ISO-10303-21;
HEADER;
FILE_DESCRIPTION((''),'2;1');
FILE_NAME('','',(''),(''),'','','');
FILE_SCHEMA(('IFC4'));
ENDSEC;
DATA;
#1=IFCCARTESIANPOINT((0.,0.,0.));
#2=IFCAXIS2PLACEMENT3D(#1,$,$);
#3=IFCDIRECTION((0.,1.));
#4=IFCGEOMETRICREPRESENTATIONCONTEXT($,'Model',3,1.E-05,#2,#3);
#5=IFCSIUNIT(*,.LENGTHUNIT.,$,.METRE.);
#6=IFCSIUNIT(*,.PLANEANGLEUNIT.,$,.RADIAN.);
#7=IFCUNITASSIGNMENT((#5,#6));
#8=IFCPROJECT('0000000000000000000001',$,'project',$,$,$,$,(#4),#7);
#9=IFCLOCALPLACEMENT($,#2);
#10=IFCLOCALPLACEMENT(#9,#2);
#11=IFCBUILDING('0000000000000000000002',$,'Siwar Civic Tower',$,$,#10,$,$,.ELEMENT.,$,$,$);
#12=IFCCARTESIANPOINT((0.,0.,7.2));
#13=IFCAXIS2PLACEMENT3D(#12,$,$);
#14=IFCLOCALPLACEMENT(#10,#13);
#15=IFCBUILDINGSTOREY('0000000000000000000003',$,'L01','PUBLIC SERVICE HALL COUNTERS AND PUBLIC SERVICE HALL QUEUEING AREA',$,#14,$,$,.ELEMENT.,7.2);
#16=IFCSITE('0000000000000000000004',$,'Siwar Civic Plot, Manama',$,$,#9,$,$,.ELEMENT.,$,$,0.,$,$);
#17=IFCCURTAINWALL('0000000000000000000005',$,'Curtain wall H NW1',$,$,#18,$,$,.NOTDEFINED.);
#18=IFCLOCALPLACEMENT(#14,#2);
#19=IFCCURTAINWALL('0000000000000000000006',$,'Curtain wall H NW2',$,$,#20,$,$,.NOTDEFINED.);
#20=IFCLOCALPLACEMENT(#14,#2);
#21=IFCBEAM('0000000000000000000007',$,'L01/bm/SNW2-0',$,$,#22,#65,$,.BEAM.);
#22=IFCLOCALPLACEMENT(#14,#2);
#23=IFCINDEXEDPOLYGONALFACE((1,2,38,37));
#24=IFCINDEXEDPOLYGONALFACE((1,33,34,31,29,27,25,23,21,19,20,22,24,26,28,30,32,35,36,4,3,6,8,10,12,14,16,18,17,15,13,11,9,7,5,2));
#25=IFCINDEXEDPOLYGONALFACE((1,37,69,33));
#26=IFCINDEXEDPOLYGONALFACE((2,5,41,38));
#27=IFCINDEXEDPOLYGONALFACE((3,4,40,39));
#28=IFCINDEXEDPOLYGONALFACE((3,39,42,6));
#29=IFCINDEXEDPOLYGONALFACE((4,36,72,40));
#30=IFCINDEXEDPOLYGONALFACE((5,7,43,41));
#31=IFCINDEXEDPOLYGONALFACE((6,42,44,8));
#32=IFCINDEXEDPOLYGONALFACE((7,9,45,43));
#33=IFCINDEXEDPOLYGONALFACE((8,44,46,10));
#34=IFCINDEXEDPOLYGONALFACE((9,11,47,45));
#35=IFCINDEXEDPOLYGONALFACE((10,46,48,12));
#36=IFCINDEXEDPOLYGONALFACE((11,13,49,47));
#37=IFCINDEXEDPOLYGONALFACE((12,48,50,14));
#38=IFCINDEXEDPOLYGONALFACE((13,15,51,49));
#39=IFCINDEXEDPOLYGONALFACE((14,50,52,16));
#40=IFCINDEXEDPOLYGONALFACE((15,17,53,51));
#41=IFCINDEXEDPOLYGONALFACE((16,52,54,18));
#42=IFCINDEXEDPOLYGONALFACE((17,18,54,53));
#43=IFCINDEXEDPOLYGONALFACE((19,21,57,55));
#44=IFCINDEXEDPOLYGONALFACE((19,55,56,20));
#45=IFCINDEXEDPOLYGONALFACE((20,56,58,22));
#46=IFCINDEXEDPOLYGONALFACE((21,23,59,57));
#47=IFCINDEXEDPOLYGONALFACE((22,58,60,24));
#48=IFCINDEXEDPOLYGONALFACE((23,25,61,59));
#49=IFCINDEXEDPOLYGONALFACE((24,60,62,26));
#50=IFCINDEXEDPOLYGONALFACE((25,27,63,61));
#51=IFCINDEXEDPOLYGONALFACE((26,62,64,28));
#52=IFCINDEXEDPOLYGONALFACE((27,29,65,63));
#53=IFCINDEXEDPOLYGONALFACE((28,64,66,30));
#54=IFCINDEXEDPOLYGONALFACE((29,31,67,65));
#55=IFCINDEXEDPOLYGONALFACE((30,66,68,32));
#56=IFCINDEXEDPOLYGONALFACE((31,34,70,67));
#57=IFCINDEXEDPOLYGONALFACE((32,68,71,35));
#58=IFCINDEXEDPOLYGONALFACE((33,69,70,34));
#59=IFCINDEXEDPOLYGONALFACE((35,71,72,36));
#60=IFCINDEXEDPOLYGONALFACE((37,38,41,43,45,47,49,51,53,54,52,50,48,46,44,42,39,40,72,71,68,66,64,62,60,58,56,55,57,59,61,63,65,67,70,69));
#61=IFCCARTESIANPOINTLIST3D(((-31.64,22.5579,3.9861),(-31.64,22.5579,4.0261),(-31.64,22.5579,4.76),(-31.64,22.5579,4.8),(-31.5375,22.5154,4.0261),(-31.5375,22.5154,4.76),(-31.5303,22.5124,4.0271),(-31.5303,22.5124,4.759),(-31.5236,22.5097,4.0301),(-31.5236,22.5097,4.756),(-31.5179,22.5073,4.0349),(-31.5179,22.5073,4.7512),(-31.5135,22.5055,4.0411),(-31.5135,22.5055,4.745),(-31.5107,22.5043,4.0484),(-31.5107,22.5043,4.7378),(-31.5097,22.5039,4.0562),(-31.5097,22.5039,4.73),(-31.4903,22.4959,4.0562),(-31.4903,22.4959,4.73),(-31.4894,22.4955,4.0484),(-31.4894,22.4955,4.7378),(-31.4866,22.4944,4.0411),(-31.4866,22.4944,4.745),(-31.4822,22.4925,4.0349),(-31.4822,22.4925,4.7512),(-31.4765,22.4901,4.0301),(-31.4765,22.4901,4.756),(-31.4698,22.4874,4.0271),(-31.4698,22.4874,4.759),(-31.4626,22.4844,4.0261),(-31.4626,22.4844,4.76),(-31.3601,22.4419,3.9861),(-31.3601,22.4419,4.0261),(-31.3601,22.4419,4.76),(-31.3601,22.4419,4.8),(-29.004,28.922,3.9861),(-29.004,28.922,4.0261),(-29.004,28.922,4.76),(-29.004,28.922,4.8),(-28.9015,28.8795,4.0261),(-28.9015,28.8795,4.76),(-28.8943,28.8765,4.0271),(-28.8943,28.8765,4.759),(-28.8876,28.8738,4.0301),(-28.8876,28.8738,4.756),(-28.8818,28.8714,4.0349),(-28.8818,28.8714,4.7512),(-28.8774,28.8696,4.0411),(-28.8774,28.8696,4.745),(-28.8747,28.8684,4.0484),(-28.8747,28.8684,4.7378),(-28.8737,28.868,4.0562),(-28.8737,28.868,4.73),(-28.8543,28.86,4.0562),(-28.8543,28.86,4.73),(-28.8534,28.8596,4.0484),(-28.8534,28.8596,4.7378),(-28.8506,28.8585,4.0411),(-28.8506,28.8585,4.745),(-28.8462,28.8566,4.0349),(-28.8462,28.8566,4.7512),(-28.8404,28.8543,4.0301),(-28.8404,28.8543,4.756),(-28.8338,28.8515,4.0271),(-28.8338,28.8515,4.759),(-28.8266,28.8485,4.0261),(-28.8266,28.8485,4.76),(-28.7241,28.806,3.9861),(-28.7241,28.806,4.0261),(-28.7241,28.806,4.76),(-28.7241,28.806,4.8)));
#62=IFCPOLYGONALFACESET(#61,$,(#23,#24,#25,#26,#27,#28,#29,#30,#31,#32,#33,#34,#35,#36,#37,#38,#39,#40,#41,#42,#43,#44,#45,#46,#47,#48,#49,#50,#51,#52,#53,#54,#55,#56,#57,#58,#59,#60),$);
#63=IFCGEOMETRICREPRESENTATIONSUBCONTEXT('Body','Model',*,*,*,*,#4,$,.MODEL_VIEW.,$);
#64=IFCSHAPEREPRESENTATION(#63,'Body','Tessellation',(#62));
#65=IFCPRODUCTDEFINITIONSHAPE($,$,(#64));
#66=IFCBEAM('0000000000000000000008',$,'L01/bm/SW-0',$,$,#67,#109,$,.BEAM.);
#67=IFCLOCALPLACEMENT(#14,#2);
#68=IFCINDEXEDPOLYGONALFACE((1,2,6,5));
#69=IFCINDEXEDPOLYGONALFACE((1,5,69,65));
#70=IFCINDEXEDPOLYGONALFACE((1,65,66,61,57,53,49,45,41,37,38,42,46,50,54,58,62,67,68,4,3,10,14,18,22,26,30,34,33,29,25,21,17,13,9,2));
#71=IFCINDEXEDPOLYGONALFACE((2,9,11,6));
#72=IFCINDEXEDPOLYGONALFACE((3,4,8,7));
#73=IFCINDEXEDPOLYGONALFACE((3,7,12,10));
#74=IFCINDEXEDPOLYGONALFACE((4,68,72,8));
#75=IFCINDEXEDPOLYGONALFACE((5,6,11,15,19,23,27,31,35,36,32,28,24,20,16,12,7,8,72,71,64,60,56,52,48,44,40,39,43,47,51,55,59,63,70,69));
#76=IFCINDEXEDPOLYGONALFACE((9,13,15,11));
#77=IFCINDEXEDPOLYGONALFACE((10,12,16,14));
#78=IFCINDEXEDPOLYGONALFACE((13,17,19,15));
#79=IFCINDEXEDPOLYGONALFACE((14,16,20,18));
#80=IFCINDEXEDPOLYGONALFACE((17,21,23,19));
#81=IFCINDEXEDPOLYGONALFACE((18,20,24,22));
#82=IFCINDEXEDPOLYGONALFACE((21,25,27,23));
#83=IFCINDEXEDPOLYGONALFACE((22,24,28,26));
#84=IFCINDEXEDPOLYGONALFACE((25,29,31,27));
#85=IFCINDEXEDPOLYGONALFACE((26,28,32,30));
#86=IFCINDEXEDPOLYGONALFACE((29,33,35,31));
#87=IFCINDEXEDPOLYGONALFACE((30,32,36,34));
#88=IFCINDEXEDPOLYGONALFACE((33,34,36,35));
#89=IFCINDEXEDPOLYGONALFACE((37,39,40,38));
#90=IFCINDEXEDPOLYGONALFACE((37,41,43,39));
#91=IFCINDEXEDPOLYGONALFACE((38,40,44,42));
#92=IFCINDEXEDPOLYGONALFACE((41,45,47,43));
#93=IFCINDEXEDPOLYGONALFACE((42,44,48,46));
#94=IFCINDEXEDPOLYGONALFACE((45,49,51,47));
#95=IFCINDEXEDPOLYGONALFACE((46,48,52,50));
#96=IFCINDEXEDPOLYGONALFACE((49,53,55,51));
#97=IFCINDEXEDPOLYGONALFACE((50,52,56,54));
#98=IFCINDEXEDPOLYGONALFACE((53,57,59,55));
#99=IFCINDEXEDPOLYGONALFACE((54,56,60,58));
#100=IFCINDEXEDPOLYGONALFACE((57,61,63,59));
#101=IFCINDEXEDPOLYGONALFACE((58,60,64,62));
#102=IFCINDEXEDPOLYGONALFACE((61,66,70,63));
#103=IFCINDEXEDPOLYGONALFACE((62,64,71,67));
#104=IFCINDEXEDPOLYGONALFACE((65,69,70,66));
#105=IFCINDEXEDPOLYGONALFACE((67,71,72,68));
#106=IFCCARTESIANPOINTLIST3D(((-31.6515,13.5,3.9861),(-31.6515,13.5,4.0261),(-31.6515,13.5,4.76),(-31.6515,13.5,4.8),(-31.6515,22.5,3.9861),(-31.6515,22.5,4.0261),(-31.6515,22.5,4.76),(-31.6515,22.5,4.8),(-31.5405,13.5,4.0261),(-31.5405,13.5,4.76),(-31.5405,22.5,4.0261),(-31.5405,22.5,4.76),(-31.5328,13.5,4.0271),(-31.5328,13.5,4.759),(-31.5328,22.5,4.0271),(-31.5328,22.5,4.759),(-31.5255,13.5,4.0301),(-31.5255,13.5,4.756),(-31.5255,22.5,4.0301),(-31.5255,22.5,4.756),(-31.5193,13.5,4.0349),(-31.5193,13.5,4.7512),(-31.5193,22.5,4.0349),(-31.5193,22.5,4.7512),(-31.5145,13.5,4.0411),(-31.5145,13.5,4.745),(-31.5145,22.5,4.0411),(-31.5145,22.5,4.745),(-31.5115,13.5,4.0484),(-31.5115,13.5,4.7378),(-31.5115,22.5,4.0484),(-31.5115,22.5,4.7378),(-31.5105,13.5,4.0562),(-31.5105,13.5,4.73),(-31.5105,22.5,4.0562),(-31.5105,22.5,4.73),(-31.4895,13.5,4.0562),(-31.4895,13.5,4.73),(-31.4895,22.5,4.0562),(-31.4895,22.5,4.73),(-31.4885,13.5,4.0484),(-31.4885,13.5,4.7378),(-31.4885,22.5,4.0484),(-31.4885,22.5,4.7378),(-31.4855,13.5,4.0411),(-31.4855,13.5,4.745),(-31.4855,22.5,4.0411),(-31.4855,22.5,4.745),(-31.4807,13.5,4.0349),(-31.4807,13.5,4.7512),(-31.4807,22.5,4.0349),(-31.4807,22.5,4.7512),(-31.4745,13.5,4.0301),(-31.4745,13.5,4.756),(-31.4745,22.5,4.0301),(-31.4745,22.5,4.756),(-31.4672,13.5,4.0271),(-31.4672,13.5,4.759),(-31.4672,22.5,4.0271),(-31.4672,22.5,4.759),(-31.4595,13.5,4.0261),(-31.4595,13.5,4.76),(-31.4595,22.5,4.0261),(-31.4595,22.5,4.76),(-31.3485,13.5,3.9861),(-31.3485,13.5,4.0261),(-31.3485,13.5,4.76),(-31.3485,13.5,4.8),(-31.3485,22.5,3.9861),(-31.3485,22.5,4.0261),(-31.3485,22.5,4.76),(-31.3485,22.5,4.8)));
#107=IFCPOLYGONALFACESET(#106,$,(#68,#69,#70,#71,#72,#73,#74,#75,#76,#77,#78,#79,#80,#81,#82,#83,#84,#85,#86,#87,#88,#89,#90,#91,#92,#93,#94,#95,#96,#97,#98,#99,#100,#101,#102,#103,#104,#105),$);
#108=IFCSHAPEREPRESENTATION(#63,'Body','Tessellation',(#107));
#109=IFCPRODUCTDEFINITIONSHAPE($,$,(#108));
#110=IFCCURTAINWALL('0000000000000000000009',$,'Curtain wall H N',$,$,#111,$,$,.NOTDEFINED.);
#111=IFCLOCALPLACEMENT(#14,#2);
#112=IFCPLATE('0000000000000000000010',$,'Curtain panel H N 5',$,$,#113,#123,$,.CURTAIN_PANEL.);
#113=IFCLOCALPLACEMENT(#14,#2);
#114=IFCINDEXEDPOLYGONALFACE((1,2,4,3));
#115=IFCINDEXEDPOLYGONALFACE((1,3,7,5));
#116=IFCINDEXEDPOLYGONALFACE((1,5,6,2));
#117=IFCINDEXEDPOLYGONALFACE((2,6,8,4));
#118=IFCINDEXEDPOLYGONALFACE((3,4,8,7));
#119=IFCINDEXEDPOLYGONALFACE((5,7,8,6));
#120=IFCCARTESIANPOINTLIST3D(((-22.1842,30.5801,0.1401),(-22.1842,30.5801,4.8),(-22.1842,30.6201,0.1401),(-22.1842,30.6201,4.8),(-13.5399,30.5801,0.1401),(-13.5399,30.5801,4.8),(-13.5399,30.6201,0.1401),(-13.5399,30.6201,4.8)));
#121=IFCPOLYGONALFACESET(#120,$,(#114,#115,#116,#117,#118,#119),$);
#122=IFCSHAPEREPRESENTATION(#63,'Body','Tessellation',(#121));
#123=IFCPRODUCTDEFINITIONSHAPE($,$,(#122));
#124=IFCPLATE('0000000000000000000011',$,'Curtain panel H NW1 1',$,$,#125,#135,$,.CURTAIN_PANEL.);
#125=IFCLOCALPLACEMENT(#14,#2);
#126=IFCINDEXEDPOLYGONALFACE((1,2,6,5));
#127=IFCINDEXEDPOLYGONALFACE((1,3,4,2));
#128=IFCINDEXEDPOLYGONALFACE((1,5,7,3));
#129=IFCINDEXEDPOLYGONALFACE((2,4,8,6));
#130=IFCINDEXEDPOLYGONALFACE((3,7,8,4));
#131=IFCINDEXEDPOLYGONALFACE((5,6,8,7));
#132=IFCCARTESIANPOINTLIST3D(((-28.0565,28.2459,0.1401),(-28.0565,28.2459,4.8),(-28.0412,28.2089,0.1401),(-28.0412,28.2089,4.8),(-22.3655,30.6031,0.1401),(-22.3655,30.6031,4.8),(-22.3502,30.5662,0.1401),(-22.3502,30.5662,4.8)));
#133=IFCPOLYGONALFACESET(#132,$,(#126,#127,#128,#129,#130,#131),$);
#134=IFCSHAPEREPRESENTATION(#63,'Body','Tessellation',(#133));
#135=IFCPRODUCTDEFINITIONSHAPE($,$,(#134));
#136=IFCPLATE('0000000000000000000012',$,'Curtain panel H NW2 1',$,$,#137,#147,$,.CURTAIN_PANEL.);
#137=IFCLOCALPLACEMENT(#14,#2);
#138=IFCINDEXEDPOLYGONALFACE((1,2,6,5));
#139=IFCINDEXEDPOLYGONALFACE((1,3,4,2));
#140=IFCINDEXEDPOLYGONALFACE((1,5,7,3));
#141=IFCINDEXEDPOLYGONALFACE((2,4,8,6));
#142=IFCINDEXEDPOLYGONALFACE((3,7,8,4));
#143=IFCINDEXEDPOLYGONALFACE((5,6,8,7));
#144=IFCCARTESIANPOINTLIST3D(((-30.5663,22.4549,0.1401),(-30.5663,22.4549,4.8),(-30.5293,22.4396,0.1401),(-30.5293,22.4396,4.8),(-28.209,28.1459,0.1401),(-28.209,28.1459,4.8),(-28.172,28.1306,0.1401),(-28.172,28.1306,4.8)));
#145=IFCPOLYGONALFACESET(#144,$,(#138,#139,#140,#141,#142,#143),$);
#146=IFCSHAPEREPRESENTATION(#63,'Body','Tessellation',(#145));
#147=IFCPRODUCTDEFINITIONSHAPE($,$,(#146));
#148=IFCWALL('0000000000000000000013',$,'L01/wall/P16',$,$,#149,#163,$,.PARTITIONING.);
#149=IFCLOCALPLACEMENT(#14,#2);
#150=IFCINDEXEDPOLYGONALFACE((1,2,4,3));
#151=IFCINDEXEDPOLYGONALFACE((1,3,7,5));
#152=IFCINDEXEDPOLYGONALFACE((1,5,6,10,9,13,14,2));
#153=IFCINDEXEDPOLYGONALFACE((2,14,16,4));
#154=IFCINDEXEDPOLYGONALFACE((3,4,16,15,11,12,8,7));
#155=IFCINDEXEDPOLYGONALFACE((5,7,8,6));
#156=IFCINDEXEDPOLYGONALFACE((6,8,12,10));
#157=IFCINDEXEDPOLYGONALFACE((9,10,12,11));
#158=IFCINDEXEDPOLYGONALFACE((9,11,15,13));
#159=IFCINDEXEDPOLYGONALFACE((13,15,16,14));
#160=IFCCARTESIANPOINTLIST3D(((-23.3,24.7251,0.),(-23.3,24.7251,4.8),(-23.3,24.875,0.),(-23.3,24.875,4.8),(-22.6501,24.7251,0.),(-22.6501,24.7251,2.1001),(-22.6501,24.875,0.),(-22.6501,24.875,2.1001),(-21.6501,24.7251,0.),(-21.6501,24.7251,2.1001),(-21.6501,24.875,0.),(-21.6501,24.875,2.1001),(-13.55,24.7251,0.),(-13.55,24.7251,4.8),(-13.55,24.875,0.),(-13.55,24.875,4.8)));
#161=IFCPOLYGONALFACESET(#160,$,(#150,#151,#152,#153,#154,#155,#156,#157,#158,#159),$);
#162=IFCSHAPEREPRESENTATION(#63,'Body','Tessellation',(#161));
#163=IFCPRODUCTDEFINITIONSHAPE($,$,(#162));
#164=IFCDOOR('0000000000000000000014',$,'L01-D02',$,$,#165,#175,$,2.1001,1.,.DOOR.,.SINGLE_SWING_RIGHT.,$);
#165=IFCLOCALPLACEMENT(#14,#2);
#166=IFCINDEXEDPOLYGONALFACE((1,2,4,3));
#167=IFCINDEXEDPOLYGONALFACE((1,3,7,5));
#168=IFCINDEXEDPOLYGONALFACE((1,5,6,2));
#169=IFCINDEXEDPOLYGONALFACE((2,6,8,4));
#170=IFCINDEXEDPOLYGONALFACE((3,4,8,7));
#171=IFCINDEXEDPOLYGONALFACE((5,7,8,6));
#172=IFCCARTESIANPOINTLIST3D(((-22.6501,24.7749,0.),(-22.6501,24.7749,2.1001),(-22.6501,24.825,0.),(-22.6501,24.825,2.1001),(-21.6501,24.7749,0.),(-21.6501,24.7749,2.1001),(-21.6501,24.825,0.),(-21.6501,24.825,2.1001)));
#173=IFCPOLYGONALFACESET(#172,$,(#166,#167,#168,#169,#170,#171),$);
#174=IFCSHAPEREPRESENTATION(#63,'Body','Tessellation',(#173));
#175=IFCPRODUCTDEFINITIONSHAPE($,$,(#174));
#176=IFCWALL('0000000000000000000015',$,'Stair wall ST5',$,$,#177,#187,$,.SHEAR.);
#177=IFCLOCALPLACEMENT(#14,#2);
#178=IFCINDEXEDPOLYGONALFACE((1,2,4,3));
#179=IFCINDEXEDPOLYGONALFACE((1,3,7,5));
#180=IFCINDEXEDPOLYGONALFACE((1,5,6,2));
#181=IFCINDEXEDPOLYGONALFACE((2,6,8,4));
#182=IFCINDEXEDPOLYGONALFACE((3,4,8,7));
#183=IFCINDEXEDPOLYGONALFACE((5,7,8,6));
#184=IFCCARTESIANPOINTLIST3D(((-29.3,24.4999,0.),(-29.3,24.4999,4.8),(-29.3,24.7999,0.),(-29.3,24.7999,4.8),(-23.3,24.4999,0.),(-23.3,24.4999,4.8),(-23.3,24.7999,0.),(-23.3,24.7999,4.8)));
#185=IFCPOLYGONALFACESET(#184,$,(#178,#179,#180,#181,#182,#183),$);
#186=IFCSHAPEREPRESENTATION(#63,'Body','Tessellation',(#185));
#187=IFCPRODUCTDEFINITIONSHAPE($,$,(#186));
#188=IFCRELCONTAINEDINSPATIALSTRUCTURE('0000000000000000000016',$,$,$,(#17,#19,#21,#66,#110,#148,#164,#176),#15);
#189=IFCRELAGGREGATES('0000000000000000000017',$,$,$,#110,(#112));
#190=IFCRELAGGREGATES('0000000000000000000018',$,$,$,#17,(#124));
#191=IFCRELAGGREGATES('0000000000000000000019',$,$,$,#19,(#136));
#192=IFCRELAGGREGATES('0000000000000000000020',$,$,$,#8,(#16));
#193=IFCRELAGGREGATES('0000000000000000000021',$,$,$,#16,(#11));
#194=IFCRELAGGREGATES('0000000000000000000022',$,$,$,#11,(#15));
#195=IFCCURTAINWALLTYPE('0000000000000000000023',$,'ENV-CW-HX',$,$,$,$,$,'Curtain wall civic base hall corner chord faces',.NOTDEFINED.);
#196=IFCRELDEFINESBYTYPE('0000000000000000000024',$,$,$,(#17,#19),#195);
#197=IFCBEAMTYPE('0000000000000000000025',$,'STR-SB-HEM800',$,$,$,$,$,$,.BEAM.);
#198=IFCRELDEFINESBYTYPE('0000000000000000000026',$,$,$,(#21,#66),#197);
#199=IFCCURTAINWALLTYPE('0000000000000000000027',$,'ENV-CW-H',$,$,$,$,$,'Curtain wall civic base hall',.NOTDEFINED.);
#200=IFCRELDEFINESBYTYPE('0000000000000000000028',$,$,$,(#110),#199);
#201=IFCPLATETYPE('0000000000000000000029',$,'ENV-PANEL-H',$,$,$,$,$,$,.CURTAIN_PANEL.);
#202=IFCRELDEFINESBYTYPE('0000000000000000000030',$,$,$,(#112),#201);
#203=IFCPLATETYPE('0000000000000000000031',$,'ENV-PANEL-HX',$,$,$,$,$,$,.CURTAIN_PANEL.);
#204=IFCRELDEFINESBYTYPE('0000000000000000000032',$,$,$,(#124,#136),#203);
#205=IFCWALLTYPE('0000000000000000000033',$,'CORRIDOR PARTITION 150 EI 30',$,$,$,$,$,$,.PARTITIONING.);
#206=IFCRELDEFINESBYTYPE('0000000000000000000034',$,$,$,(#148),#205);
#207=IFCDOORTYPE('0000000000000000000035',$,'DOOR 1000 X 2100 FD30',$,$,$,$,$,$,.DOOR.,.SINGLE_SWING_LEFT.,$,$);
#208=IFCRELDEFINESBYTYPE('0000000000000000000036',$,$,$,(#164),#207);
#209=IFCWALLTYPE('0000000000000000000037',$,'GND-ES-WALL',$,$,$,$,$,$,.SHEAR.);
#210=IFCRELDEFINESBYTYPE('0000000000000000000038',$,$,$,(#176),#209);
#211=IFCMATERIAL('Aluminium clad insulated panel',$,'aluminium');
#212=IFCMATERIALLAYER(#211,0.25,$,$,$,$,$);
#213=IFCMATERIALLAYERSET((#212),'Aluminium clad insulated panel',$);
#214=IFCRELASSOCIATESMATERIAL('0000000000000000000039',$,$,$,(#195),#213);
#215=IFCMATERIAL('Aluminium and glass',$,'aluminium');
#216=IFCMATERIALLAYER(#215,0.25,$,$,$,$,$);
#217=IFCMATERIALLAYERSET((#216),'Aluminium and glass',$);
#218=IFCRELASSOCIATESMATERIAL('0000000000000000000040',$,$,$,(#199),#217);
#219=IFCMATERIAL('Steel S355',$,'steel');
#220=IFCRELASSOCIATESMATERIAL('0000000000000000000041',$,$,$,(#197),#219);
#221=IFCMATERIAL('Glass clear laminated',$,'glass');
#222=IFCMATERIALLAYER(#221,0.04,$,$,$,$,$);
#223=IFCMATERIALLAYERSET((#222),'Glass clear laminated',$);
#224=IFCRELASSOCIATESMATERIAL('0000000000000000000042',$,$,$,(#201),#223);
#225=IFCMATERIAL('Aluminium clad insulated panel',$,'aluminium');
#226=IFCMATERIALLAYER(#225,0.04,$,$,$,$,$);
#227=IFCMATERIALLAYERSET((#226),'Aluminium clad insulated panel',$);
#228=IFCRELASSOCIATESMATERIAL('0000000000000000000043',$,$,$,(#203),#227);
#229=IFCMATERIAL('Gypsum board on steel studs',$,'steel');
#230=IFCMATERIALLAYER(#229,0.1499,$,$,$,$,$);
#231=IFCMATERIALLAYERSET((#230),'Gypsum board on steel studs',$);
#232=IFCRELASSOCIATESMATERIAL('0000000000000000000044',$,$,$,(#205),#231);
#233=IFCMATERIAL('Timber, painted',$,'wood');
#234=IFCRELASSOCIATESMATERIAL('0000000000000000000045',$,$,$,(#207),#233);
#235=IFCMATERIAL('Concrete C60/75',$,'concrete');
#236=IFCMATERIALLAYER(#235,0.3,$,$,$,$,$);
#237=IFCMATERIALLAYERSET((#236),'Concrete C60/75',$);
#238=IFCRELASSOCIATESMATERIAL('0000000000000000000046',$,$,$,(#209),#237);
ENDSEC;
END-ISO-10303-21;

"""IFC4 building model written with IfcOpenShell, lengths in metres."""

from ifc_helpers import new_model, si_unit, direction, frame, frame_2d, origin, origin_2d, place, context, subcontext, project, spatial, rectangle, i_section, extrude, material, layer, layer_set, material_profile, profile_set, type_object, element, fill, aggregate, save


model = new_model("IFC4")

# Units and contexts
model_context = context("Model", 3, precision=1e-05, world=origin(), true_north=direction((0.0, 1.0)))
body_context = subcontext(model_context, "Body", "Model", "MODEL_VIEW")
ifc_project = project(units=[si_unit("LENGTHUNIT", "METRE"), si_unit("PLANEANGLEUNIT", "RADIAN")], contexts=[model_context])

# Site, building, storey
site_placement = place(None, origin())
site = spatial("IfcSite", under=ifc_project, at=site_placement, Name="Siwar Civic Plot, Manama", CompositionType="ELEMENT", RefElevation=0.0)
building_placement = place(site_placement, origin())
building = spatial("IfcBuilding", under=site, at=building_placement, Name="Siwar Civic Tower", CompositionType="ELEMENT")
storey_placement = place(building_placement, frame((0.0, 0.0, 7.2)))
storey = spatial("IfcBuildingStorey", under=building, at=storey_placement, Name="L01", Description="PUBLIC SERVICE HALL COUNTERS AND PUBLIC SERVICE HALL QUEUEING AREA", CompositionType="ELEMENT", Elevation=7.2)

# Curtain walls
ifc_material_1 = material(Name="Aluminium clad insulated panel", Category="aluminium")
ifc_layer_1 = layer(ifc_material_1, 0.25)
ifc_layer_set_1 = layer_set([ifc_layer_1], Name="Aluminium clad insulated panel")
curtain_wall_type_1 = type_object("IfcCurtainWallType", Name="ENV-CW-HX", ElementType="Curtain wall civic base hall corner chord faces", PredefinedType="NOTDEFINED", material=ifc_layer_set_1)
curtain_wall_1_placement = place(storey_placement, origin())
curtain_wall_1 = element("IfcCurtainWall", 1, at=curtain_wall_1_placement, inside=storey, type_object=curtain_wall_type_1, Name="Curtain wall H NW1", PredefinedType="NOTDEFINED")
curtain_wall_2_placement = place(storey_placement, origin())
curtain_wall_2 = element("IfcCurtainWall", 2, at=curtain_wall_2_placement, inside=storey, type_object=curtain_wall_type_1, Name="Curtain wall H NW2", PredefinedType="NOTDEFINED")
ifc_material_2 = material(Name="Aluminium and glass", Category="aluminium")
ifc_layer_2 = layer(ifc_material_2, 0.25)
ifc_layer_set_2 = layer_set([ifc_layer_2], Name="Aluminium and glass")
curtain_wall_type_2 = type_object("IfcCurtainWallType", Name="ENV-CW-H", ElementType="Curtain wall civic base hall", PredefinedType="NOTDEFINED", material=ifc_layer_set_2)

# Beams
ifc_material_3 = material(Name="Steel S355", Category="steel")
ifc_material_profile_1 = material_profile(ifc_material_3, i_section(OverallWidth=0.303, OverallDepth=0.814, WebThickness=0.021, FlangeThickness=0.04, FilletRadius=0.03, at=origin_2d()), Name="HEM800")
ifc_profile_set_1 = profile_set([ifc_material_profile_1], Name="Steel S355")
beam_type_1 = type_object("IfcBeamType", Name="STR-SB-HEM800", PredefinedType="BEAM", material=ifc_profile_set_1)
for number, where, z_axis, x_axis, name in (
    (3, (-28.864, 28.864, 4.3931), (-0.382674, -0.923883, 0.0), (0.923883, -0.382674, 0.0), "L01/bm/SNW2-0"),
):
    element("IfcBeam", number, at=place(storey_placement, frame(where, z_axis=z_axis, x_axis=x_axis)), inside=storey, type_object=beam_type_1, Name=name, PredefinedType="BEAM", context=body_context, shape_type="SweptSolid", body=[
        extrude(i_section(OverallWidth=0.303, OverallDepth=0.814, WebThickness=0.021, FlangeThickness=0.04, FilletRadius=0.03, at=origin_2d()), origin(), (0.0, 0.0, 1.0), 6.8884),
    ])
beam_1_placement = place(storey_placement, frame((-31.5, 22.5, 4.3931), z_axis=(0.0, -1.0, 0.0), x_axis=(1.0, 0.0, 0.0)))
element("IfcBeam", 4, at=beam_1_placement, inside=storey, type_object=beam_type_1, Name="L01/bm/SW-0", PredefinedType="BEAM", context=body_context, shape_type="SweptSolid", body=[
    extrude(i_section(OverallWidth=0.303, OverallDepth=0.814, WebThickness=0.021, FlangeThickness=0.04, FilletRadius=0.03, at=origin_2d()), origin(), (0.0, 0.0, 1.0), 9.0),
])

# Curtain wall, plate
curtain_wall_3_placement = place(storey_placement, origin())
curtain_wall_3 = element("IfcCurtainWall", 5, at=curtain_wall_3_placement, inside=storey, type_object=curtain_wall_type_2, Name="Curtain wall H N", PredefinedType="NOTDEFINED")
ifc_material_4 = material(Name="Glass clear laminated", Category="glass")
ifc_layer_3 = layer(ifc_material_4, 0.04)
ifc_layer_set_3 = layer_set([ifc_layer_3], Name="Glass clear laminated")
plate_type_1 = type_object("IfcPlateType", Name="ENV-PANEL-H", PredefinedType="CURTAIN_PANEL", material=ifc_layer_set_3)
plate_1_placement = place(storey_placement, frame((-17.8621, 30.6001, 0.1401), z_axis=(0.0, 0.0, 1.0), x_axis=(-1.0, 0.0, 0.0)))
plate_1 = element("IfcPlate", 6, at=plate_1_placement, type_object=plate_type_1, Name="Curtain panel H N 5", PredefinedType="CURTAIN_PANEL", context=body_context, shape_type="SweptSolid", body=[
    extrude(rectangle(XDim=8.6443, YDim=0.04, at=origin_2d()), origin(), (0.0, 0.0, 1.0), 4.6599),
])
aggregate(curtain_wall_3, [plate_1])

# Plates
ifc_material_5 = material(Name="Aluminium clad insulated panel", Category="aluminium")
ifc_layer_4 = layer(ifc_material_5, 0.04)
ifc_layer_set_4 = layer_set([ifc_layer_4], Name="Aluminium clad insulated panel")
plate_type_2 = type_object("IfcPlateType", Name="ENV-PANEL-HX", PredefinedType="CURTAIN_PANEL", material=ifc_layer_set_4)
plate_2_placement = place(storey_placement, frame((-25.2034, 29.406, 0.1401), z_axis=(0.0, 0.0, 1.0), x_axis=(-0.92388, -0.382683, 0.0)))
plate_2 = element("IfcPlate", 7, at=plate_2_placement, type_object=plate_type_2, Name="Curtain panel H NW1 1", PredefinedType="CURTAIN_PANEL", context=body_context, shape_type="SweptSolid", body=[
    extrude(rectangle(XDim=6.1599, YDim=0.04, at=origin_2d()), origin(), (0.0, 0.0, 1.0), 4.6599),
])
aggregate(curtain_wall_1, [plate_2])
plate_3_placement = place(storey_placement, frame((-29.3691, 25.2927, 0.1401), z_axis=(0.0, 0.0, 1.0), x_axis=(-0.382683, -0.92388, 0.0)))
plate_3 = element("IfcPlate", 8, at=plate_3_placement, type_object=plate_type_2, Name="Curtain panel H NW2 1", PredefinedType="CURTAIN_PANEL", context=body_context, shape_type="SweptSolid", body=[
    extrude(rectangle(XDim=6.1599, YDim=0.04, at=origin_2d()), origin(), (0.0, 0.0, 1.0), 4.6599),
])
aggregate(curtain_wall_2, [plate_3])

# Wall, opening, door
ifc_material_6 = material(Name="Gypsum board on steel studs", Category="steel")
ifc_layer_5 = layer(ifc_material_6, 0.1499)
ifc_layer_set_5 = layer_set([ifc_layer_5], Name="Gypsum board on steel studs")
wall_type_1 = type_object("IfcWallType", Name="CORRIDOR PARTITION 150 EI 30", PredefinedType="PARTITIONING", material=ifc_layer_set_5)
wall_1_placement = place(storey_placement, frame((-23.3, 24.8, 0.0), z_axis=(0.0, 0.0, 1.0), x_axis=(1.0, 0.0, 0.0)))
wall_1 = element("IfcWall", 9, at=wall_1_placement, inside=storey, type_object=wall_type_1, Name="L01/wall/P16", PredefinedType="PARTITIONING", context=body_context, shape_type="SweptSolid", body=[
    extrude(rectangle(XDim=9.75, YDim=0.1499, at=frame_2d((4.875, 0.0))), origin(), (0.0, 0.0, 1.0), 4.8),
])
opening_placement = place(wall_1_placement, frame((0.6499, 0.0, 0.0)))
opening = element("IfcOpeningElement", 10, at=opening_placement, cuts=wall_1, PredefinedType="OPENING", context=body_context, shape_type="SweptSolid", body=[
    extrude(rectangle(XDim=1.0, YDim=2.1001, at=frame_2d((0.5, 1.05))), frame((0.0, 0.085, 0.0), z_axis=(0.0, -1.0, 0.0), x_axis=(1.0, 0.0, 0.0)), (0.0, 0.0, 1.0), 0.1699),
])
ifc_material_7 = material(Name="Timber, painted", Category="wood")
door_type = type_object("IfcDoorType", Name="DOOR 1000 X 2100 FD30", OperationType="SINGLE_SWING_LEFT", PredefinedType="DOOR", material=ifc_material_7)
door_placement = place(opening_placement, origin())
door = element("IfcDoor", 11, at=door_placement, inside=storey, type_object=door_type, Name="L01-D02", OperationType="SINGLE_SWING_RIGHT", OverallHeight=2.1001, OverallWidth=1.0, PredefinedType="DOOR", context=body_context, shape_type="SweptSolid", body=[
    extrude(rectangle(XDim=1.0, YDim=2.1001, at=frame_2d((0.5, 1.05))), frame((0.0, 0.0249, 0.0), z_axis=(0.0, -1.0, 0.0), x_axis=(1.0, 0.0, 0.0)), (0.0, 0.0, 1.0), 0.05),
])
fill(opening, door)

# Wall
ifc_material_8 = material(Name="Concrete C60/75", Category="concrete")
ifc_layer_6 = layer(ifc_material_8, 0.3)
ifc_layer_set_6 = layer_set([ifc_layer_6], Name="Concrete C60/75")
wall_type_2 = type_object("IfcWallType", Name="GND-ES-WALL", PredefinedType="SHEAR", material=ifc_layer_set_6)
wall_2_placement = place(storey_placement, frame((-29.3, 24.6499, 0.0), z_axis=(0.0, 0.0, 1.0), x_axis=(1.0, 0.0, 0.0)))
element("IfcWall", 12, at=wall_2_placement, inside=storey, type_object=wall_type_2, Name="Stair wall ST5", PredefinedType="SHEAR", context=body_context, shape_type="SweptSolid", body=[
    extrude(rectangle(XDim=6.0, YDim=0.3, at=frame_2d((3.0, 0.0))), origin(), (0.0, 0.0, 1.0), 4.8),
])

save(model, "model.ifc")
